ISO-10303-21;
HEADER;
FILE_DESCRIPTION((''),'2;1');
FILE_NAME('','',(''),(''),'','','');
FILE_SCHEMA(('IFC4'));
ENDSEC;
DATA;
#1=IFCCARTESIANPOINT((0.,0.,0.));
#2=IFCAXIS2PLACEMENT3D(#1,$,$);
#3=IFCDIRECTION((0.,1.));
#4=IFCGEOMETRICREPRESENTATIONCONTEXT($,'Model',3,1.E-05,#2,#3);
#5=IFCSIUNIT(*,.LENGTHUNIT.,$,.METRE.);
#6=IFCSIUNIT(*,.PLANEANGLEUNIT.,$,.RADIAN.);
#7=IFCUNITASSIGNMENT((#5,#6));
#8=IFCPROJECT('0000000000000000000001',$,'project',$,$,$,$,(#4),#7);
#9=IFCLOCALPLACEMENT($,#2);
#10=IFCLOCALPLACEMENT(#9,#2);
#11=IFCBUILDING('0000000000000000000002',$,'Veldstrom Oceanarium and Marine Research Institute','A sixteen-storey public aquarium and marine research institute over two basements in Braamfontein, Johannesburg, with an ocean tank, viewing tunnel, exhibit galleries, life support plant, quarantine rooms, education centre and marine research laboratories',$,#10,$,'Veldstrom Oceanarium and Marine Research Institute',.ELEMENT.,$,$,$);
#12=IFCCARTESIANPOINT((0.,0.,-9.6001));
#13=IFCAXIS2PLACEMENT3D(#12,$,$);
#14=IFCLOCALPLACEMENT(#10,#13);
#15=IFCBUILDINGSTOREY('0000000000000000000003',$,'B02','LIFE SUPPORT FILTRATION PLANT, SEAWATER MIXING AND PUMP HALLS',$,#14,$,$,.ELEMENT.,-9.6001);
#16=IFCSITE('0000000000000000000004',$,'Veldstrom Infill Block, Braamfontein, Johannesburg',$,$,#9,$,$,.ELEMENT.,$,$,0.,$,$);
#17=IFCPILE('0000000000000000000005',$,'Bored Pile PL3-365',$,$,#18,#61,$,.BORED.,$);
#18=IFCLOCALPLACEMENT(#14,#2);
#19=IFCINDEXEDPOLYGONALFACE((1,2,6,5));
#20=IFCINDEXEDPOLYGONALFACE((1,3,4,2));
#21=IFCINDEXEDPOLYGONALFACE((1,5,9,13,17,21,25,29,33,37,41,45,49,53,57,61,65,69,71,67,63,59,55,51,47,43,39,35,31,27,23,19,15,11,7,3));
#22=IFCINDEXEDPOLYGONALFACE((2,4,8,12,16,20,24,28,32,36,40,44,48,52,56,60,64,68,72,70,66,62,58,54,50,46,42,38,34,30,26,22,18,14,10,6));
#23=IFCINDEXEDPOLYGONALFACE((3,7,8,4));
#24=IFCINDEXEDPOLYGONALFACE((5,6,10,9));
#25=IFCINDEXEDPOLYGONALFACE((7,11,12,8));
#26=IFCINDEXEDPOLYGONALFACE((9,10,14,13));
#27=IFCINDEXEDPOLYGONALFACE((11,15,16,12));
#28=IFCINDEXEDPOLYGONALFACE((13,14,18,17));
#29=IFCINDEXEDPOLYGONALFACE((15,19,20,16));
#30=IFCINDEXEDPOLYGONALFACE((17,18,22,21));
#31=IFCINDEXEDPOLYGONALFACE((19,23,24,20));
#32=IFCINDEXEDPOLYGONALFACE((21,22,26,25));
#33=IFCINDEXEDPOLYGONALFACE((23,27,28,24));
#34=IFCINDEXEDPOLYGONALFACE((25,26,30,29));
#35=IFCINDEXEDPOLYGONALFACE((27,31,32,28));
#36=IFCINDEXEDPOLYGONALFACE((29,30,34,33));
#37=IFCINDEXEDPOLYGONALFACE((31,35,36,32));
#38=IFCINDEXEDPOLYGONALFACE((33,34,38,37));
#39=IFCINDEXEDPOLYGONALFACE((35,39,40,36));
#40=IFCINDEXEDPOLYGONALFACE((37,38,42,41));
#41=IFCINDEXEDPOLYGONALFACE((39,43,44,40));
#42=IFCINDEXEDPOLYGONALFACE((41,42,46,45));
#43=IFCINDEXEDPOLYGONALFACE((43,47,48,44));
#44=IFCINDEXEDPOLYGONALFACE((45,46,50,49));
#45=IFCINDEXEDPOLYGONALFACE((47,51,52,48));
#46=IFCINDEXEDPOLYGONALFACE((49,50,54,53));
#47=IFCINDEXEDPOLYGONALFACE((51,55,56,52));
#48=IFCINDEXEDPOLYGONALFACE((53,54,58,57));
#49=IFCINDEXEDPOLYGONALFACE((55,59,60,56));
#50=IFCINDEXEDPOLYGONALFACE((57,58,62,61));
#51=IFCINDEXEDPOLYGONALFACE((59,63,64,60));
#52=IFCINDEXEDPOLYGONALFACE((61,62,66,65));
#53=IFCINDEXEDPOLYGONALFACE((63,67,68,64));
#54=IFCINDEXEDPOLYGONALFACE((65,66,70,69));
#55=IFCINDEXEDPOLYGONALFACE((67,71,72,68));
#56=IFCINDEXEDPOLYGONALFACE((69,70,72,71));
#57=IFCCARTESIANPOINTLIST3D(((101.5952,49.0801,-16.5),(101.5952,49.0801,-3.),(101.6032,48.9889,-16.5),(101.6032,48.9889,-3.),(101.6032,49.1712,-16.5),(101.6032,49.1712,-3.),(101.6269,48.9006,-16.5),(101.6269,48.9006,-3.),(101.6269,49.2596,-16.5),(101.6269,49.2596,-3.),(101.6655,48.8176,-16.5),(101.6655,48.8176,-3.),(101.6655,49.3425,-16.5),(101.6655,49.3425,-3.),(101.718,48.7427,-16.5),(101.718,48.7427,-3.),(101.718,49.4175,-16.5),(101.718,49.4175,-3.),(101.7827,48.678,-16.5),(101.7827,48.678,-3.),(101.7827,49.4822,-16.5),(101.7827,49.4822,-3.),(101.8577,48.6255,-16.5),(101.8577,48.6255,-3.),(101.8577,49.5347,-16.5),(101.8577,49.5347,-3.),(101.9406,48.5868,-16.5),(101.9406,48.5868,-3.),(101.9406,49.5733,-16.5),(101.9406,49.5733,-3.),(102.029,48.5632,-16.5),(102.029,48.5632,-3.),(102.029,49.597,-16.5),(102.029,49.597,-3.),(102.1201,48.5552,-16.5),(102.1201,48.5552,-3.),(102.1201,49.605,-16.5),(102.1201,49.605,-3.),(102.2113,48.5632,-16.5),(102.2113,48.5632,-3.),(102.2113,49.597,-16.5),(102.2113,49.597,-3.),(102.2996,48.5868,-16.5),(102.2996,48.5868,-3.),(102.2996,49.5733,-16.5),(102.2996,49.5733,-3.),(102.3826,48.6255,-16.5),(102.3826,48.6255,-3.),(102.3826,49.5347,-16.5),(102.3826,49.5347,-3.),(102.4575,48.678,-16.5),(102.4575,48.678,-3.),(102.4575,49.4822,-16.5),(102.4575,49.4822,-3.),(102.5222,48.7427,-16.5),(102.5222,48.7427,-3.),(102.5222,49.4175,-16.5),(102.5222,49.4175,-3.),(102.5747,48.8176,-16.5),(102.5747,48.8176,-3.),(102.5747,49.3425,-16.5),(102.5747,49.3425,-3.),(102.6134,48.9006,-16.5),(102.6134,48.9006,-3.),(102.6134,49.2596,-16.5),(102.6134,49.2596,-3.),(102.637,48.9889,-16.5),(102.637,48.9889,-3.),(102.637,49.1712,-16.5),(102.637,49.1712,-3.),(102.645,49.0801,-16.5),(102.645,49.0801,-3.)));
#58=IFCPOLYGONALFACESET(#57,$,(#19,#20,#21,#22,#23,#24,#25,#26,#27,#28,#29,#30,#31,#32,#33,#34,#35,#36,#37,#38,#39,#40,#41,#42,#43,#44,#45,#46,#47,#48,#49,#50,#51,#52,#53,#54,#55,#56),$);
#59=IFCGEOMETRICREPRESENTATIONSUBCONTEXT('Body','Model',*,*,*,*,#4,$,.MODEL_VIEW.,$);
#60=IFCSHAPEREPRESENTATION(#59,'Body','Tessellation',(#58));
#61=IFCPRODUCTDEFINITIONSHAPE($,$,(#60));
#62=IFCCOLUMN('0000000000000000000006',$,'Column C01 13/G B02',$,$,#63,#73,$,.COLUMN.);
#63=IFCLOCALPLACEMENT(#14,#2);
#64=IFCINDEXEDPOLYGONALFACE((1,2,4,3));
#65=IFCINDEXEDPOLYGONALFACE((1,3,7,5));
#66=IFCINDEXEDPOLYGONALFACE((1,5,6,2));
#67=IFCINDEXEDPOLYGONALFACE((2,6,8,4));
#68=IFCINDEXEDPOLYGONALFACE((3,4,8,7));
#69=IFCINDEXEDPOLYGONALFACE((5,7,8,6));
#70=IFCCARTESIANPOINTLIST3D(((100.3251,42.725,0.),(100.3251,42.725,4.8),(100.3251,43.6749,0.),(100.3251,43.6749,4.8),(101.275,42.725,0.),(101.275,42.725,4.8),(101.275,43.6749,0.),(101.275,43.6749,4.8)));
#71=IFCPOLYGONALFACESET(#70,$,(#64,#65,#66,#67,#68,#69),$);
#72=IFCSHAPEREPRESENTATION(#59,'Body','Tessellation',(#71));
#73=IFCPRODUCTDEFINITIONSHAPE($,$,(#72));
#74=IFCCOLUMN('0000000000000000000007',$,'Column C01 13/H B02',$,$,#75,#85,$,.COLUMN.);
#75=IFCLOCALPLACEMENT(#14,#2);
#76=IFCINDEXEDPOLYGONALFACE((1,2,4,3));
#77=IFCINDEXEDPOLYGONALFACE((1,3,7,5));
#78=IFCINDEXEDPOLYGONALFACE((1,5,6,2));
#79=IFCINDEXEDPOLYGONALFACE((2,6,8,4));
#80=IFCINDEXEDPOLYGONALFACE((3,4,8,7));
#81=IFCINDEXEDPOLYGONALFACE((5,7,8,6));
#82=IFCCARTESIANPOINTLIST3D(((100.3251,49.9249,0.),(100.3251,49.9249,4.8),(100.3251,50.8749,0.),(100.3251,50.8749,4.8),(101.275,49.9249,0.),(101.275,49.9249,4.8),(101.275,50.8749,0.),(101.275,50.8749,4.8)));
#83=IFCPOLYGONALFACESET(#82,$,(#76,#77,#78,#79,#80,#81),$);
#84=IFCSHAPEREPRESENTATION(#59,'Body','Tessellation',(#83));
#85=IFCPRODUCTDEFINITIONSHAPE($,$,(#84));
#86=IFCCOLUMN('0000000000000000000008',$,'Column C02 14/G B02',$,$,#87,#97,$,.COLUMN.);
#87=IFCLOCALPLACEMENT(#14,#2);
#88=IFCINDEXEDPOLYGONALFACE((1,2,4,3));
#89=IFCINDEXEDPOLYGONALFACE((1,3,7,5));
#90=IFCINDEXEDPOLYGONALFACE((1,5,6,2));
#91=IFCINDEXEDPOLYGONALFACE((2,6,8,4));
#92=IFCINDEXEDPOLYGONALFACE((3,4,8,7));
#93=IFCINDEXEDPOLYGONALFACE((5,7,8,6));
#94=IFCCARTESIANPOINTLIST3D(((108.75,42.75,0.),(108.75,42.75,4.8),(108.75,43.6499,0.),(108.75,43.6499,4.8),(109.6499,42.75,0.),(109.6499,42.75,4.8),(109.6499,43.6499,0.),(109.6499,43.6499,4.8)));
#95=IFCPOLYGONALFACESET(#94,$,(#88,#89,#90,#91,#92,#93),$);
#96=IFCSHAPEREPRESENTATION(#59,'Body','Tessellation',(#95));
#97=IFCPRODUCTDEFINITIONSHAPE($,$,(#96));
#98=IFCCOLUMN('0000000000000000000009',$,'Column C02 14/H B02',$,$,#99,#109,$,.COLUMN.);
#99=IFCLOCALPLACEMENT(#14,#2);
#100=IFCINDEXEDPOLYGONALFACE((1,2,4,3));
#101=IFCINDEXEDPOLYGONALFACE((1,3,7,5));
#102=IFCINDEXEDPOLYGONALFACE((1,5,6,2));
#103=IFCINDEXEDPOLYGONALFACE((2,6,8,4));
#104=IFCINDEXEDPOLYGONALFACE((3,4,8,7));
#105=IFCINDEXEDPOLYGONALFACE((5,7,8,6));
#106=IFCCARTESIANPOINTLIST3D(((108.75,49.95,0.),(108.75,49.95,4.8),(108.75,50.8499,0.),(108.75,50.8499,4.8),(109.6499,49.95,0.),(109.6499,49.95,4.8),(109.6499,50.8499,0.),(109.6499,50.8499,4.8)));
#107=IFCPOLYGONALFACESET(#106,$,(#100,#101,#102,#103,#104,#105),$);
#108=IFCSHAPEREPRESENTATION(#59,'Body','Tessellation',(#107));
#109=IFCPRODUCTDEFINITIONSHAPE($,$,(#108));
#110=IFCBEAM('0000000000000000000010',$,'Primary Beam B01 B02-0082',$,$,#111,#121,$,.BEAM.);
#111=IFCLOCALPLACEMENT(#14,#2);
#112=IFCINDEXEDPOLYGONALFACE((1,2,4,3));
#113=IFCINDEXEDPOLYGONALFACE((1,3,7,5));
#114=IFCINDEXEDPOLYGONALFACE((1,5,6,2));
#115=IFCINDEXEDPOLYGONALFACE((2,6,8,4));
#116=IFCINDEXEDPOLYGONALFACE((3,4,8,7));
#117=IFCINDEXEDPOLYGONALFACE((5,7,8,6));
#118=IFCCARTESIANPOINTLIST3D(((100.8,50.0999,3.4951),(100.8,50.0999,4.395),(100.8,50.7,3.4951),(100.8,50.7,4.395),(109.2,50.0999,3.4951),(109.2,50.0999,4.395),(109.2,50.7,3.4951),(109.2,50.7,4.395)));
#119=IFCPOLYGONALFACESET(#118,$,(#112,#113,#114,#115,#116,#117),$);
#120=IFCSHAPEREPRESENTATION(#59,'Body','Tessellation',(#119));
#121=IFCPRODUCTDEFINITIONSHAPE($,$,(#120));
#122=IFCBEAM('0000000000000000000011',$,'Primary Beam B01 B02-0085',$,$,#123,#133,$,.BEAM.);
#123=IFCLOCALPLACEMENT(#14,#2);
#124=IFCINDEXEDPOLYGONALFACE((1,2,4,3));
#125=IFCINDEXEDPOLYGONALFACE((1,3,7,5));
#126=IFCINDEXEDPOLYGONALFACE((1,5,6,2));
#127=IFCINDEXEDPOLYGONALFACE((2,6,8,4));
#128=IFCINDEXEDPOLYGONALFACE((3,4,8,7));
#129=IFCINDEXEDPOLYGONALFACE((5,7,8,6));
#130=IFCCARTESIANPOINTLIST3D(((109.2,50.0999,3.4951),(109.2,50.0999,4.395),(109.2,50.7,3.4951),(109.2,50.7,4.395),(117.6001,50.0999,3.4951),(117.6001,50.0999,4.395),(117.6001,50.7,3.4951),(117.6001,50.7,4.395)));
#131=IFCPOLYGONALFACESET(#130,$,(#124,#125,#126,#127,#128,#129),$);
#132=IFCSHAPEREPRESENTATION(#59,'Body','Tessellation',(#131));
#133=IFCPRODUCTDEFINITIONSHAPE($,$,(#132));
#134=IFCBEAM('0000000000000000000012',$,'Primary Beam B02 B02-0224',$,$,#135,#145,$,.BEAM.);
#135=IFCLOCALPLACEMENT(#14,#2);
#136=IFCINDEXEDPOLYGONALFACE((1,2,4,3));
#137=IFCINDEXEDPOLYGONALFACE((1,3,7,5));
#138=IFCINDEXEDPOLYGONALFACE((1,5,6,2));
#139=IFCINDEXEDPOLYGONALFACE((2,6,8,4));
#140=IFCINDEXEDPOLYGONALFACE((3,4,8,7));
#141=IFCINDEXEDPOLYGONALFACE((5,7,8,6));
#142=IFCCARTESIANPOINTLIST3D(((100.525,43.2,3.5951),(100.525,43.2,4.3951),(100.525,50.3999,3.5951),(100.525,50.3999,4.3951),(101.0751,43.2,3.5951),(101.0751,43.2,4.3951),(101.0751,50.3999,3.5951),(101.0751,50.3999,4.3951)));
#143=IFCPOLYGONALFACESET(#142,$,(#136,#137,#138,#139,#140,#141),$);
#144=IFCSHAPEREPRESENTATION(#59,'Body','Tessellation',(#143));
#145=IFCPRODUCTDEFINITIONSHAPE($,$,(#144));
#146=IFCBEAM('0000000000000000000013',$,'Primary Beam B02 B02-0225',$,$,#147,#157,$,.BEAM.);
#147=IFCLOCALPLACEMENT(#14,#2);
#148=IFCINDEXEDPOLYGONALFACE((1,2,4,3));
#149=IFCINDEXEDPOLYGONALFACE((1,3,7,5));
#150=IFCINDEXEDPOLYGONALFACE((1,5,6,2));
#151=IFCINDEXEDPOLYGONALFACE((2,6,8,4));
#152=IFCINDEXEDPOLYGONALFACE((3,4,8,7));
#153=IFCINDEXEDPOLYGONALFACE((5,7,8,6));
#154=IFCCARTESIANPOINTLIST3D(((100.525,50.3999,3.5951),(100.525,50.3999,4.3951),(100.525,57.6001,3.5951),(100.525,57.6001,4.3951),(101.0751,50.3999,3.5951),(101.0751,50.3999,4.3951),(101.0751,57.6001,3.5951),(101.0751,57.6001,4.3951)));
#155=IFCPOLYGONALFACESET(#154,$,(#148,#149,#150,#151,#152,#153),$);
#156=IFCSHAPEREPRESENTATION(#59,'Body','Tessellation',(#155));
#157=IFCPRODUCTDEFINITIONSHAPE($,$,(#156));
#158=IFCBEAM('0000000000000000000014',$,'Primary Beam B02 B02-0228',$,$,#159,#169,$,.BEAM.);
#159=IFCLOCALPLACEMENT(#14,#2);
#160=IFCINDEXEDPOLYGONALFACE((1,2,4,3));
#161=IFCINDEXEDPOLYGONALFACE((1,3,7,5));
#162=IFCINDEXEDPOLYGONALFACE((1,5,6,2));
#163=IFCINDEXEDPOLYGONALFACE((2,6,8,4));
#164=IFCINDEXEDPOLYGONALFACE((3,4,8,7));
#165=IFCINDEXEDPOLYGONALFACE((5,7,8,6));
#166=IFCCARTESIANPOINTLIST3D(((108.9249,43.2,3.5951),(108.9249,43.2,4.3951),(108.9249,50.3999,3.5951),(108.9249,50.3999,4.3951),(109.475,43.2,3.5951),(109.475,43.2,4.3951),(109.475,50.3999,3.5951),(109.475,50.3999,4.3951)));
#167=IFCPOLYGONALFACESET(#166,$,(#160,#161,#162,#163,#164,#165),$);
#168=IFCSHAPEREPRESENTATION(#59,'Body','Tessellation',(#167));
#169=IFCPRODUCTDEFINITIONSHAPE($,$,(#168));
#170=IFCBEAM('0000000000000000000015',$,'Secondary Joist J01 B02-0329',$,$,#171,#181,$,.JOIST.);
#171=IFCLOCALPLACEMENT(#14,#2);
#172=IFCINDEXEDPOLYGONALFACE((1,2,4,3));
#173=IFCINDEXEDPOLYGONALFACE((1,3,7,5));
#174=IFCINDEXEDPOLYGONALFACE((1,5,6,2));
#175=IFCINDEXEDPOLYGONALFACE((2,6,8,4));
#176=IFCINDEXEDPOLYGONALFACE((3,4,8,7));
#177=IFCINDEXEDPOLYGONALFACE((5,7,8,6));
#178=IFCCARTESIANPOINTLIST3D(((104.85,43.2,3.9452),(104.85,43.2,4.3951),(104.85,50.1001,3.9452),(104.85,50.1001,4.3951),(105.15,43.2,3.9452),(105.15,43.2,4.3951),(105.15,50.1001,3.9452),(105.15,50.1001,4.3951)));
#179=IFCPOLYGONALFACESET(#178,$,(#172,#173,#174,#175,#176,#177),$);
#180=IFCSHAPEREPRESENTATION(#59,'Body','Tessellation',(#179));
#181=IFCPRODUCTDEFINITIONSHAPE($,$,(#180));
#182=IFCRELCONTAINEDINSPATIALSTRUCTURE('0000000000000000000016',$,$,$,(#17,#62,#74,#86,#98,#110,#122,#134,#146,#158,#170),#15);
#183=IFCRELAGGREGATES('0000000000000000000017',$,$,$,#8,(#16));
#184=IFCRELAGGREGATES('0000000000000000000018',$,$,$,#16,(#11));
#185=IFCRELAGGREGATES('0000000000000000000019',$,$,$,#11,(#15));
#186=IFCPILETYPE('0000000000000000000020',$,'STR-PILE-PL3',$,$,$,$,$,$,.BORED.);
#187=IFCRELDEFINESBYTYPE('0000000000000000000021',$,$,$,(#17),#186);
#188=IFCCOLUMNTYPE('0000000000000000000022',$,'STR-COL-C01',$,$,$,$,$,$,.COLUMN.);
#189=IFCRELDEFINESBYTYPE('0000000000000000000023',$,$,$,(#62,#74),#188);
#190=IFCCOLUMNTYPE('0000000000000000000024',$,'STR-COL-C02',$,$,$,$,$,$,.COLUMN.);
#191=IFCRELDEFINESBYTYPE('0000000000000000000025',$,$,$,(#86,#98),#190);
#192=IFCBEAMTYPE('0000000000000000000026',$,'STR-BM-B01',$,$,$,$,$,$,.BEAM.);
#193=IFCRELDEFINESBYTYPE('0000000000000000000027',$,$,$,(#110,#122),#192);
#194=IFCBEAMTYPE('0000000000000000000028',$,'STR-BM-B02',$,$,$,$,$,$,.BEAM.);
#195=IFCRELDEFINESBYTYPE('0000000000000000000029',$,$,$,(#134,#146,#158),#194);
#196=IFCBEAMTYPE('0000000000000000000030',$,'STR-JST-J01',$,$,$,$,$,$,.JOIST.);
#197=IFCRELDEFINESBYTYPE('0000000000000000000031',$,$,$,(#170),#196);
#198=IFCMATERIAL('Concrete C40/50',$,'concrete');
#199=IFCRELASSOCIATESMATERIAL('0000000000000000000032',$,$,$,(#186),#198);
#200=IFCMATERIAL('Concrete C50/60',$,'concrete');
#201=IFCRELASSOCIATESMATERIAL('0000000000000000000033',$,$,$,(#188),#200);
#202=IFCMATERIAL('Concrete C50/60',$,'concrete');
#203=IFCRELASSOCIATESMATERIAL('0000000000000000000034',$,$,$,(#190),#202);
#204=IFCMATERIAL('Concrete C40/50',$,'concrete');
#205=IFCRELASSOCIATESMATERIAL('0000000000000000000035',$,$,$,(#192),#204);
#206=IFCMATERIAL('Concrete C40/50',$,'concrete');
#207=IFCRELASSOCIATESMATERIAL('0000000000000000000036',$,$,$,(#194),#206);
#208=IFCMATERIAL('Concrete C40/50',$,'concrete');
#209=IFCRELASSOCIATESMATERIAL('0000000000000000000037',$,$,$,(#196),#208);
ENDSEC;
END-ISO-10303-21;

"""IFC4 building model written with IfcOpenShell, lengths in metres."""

from ifc_helpers import new_model, si_unit, direction, frame, origin, origin_2d, place, context, subcontext, project, spatial, rectangle, circle, extrude, material, material_profile, profile_set, type_object, element, save


model = new_model("IFC4")

# Units and contexts
model_context = context("Model", 3, precision=1e-05, world=origin(), true_north=direction((0.0, 1.0)))
body_context = subcontext(model_context, "Body", "Model", "MODEL_VIEW")
ifc_project = project(units=[si_unit("LENGTHUNIT", "METRE"), si_unit("PLANEANGLEUNIT", "RADIAN")], contexts=[model_context])

# Site, building, storey
site_placement = place(None, origin())
site = spatial("IfcSite", under=ifc_project, at=site_placement, Name="Veldstrom Infill Block, Braamfontein, Johannesburg", CompositionType="ELEMENT", RefElevation=0.0)
building_placement = place(site_placement, origin())
building = spatial("IfcBuilding", under=site, at=building_placement, Name="Veldstrom Oceanarium and Marine Research Institute", Description="A sixteen-storey public aquarium and marine research institute over two basements in Braamfontein, Johannesburg, with an ocean tank, viewing tunnel, exhibit galleries, life support plant, quarantine rooms, education centre and marine research laboratories", LongName="Veldstrom Oceanarium and Marine Research Institute", CompositionType="ELEMENT")
storey_placement = place(building_placement, frame((0.0, 0.0, -9.6001)))
storey = spatial("IfcBuildingStorey", under=building, at=storey_placement, Name="B02", Description="LIFE SUPPORT FILTRATION PLANT, SEAWATER MIXING AND PUMP HALLS", CompositionType="ELEMENT", Elevation=-9.6001)

# Pile
ifc_material_1 = material(Name="Concrete C40/50", Category="concrete")
ifc_material_profile_1 = material_profile(ifc_material_1, circle(Radius=0.5249, at=origin_2d()), Name="PILE-D1050")
ifc_profile_set_1 = profile_set([ifc_material_profile_1], Name="Concrete C40/50")
pile_type_1 = type_object("IfcPileType", Name="STR-PILE-PL3", PredefinedType="BORED", material=ifc_profile_set_1)
for number, where, z_axis, x_axis, name in (
    (1, (102.1201, 49.0801, -3.0), (0.0, 0.0, -1.0), (1.0, 0.0, 0.0), "Bored Pile PL3-365"),
):
    element("IfcPile", number, at=place(storey_placement, frame(where, z_axis=z_axis, x_axis=x_axis)), inside=storey, type_object=pile_type_1, Name=name, PredefinedType="BORED", context=body_context, shape_type="SweptSolid", body=[
        extrude(circle(Radius=0.5249, at=origin_2d()), origin(), (0.0, 0.0, 1.0), 13.5),
    ])

# Columns
ifc_material_2 = material(Name="Concrete C50/60", Category="concrete")
ifc_material_profile_2 = material_profile(ifc_material_2, rectangle(XDim=0.95, YDim=0.95, at=origin_2d()), Name="RC-COL-950x950")
ifc_profile_set_2 = profile_set([ifc_material_profile_2], Name="Concrete C50/60")
column_type_1 = type_object("IfcColumnType", Name="STR-COL-C01", PredefinedType="COLUMN", material=ifc_profile_set_2)
for number, where, z_axis, x_axis, name in (
    (2, (100.8, 43.2, 0.0), (0.0, 0.0, 1.0), (1.0, 0.0, 0.0), "Column C01 13/G B02"),
    (3, (100.8, 50.3999, 0.0), (0.0, 0.0, 1.0), (1.0, 0.0, 0.0), "Column C01 13/H B02"),
):
    element("IfcColumn", number, at=place(storey_placement, frame(where, z_axis=z_axis, x_axis=x_axis)), inside=storey, type_object=column_type_1, Name=name, PredefinedType="COLUMN", context=body_context, shape_type="SweptSolid", body=[
        extrude(rectangle(XDim=0.95, YDim=0.95, at=origin_2d()), origin(), (0.0, 0.0, 1.0), 4.8),
    ])
ifc_material_3 = material(Name="Concrete C50/60", Category="concrete")
ifc_material_profile_3 = material_profile(ifc_material_3, rectangle(XDim=0.8999, YDim=0.8999, at=origin_2d()), Name="RC-COL-900x900")
ifc_profile_set_3 = profile_set([ifc_material_profile_3], Name="Concrete C50/60")
column_type_2 = type_object("IfcColumnType", Name="STR-COL-C02", PredefinedType="COLUMN", material=ifc_profile_set_3)
for number, where, z_axis, x_axis, name in (
    (4, (109.2, 43.2, 0.0), (0.0, 0.0, 1.0), (1.0, 0.0, 0.0), "Column C02 14/G B02"),
    (5, (109.2, 50.3999, 0.0), (0.0, 0.0, 1.0), (1.0, 0.0, 0.0), "Column C02 14/H B02"),
):
    element("IfcColumn", number, at=place(storey_placement, frame(where, z_axis=z_axis, x_axis=x_axis)), inside=storey, type_object=column_type_2, Name=name, PredefinedType="COLUMN", context=body_context, shape_type="SweptSolid", body=[
        extrude(rectangle(XDim=0.8999, YDim=0.8999, at=origin_2d()), origin(), (0.0, 0.0, 1.0), 4.8),
    ])

# Beams
ifc_material_4 = material(Name="Concrete C40/50", Category="concrete")
ifc_material_profile_4 = material_profile(ifc_material_4, rectangle(XDim=0.6001, YDim=0.8999, at=origin_2d()), Name="RC-BM-600x900")
ifc_profile_set_4 = profile_set([ifc_material_profile_4], Name="Concrete C40/50")
beam_type_1 = type_object("IfcBeamType", Name="STR-BM-B01", PredefinedType="BEAM", material=ifc_profile_set_4)
beam_1_placement = place(storey_placement, frame((100.8, 50.3999, 3.9451), z_axis=(1.0, 0.0, 0.0), x_axis=(0.0, 1.0, 0.0)))
element("IfcBeam", 6, at=beam_1_placement, inside=storey, type_object=beam_type_1, Name="Primary Beam B01 B02-0082", PredefinedType="BEAM", context=body_context, shape_type="SweptSolid", body=[
    extrude(rectangle(XDim=0.6001, YDim=0.8999, at=origin_2d()), origin(), (0.0, 0.0, 1.0), 8.3999),
])
beam_2_placement = place(storey_placement, frame((109.2, 50.3999, 3.9451), z_axis=(1.0, 0.0, 0.0), x_axis=(0.0, 1.0, 0.0)))
element("IfcBeam", 7, at=beam_2_placement, inside=storey, type_object=beam_type_1, Name="Primary Beam B01 B02-0085", PredefinedType="BEAM", context=body_context, shape_type="SweptSolid", body=[
    extrude(rectangle(XDim=0.6001, YDim=0.8999, at=origin_2d()), origin(), (0.0, 0.0, 1.0), 8.4001),
])
ifc_material_5 = material(Name="Concrete C40/50", Category="concrete")
ifc_material_profile_5 = material_profile(ifc_material_5, rectangle(XDim=0.55, YDim=0.8, at=origin_2d()), Name="RC-BM-550x800")
ifc_profile_set_5 = profile_set([ifc_material_profile_5], Name="Concrete C40/50")
beam_type_2 = type_object("IfcBeamType", Name="STR-BM-B02", PredefinedType="BEAM", material=ifc_profile_set_5)
beam_3_placement = place(storey_placement, frame((100.8, 43.2, 3.9951), z_axis=(0.0, 1.0, 0.0), x_axis=(-1.0, 0.0, 0.0)))
element("IfcBeam", 8, at=beam_3_placement, inside=storey, type_object=beam_type_2, Name="Primary Beam B02 B02-0224", PredefinedType="BEAM", context=body_context, shape_type="SweptSolid", body=[
    extrude(rectangle(XDim=0.55, YDim=0.8, at=origin_2d()), origin(), (0.0, 0.0, 1.0), 7.2),
])
beam_4_placement = place(storey_placement, frame((100.8, 50.3999, 3.9951), z_axis=(0.0, 1.0, 0.0), x_axis=(-1.0, 0.0, 0.0)))
element("IfcBeam", 9, at=beam_4_placement, inside=storey, type_object=beam_type_2, Name="Primary Beam B02 B02-0225", PredefinedType="BEAM", context=body_context, shape_type="SweptSolid", body=[
    extrude(rectangle(XDim=0.55, YDim=0.8, at=origin_2d()), origin(), (0.0, 0.0, 1.0), 7.2002),
])
beam_5_placement = place(storey_placement, frame((109.2, 43.2, 3.9951), z_axis=(0.0, 1.0, 0.0), x_axis=(-1.0, 0.0, 0.0)))
element("IfcBeam", 10, at=beam_5_placement, inside=storey, type_object=beam_type_2, Name="Primary Beam B02 B02-0228", PredefinedType="BEAM", context=body_context, shape_type="SweptSolid", body=[
    extrude(rectangle(XDim=0.55, YDim=0.8, at=origin_2d()), origin(), (0.0, 0.0, 1.0), 7.2),
])
ifc_material_6 = material(Name="Concrete C40/50", Category="concrete")
ifc_material_profile_6 = material_profile(ifc_material_6, rectangle(XDim=0.3, YDim=0.45, at=origin_2d()), Name="RC-JST-300x450")
ifc_profile_set_6 = profile_set([ifc_material_profile_6], Name="Concrete C40/50")
beam_type_3 = type_object("IfcBeamType", Name="STR-JST-J01", PredefinedType="JOIST", material=ifc_profile_set_6)
beam_6_placement = place(storey_placement, frame((105.0, 43.2, 4.1702), z_axis=(0.0, 1.0, 0.0), x_axis=(-1.0, 0.0, 0.0)))
element("IfcBeam", 11, at=beam_6_placement, inside=storey, type_object=beam_type_3, Name="Secondary Joist J01 B02-0329", PredefinedType="JOIST", context=body_context, shape_type="SweptSolid", body=[
    extrude(rectangle(XDim=0.3, YDim=0.45, at=origin_2d()), origin(), (0.0, 0.0, 1.0), 6.9001),
])

save(model, "model.ifc")
